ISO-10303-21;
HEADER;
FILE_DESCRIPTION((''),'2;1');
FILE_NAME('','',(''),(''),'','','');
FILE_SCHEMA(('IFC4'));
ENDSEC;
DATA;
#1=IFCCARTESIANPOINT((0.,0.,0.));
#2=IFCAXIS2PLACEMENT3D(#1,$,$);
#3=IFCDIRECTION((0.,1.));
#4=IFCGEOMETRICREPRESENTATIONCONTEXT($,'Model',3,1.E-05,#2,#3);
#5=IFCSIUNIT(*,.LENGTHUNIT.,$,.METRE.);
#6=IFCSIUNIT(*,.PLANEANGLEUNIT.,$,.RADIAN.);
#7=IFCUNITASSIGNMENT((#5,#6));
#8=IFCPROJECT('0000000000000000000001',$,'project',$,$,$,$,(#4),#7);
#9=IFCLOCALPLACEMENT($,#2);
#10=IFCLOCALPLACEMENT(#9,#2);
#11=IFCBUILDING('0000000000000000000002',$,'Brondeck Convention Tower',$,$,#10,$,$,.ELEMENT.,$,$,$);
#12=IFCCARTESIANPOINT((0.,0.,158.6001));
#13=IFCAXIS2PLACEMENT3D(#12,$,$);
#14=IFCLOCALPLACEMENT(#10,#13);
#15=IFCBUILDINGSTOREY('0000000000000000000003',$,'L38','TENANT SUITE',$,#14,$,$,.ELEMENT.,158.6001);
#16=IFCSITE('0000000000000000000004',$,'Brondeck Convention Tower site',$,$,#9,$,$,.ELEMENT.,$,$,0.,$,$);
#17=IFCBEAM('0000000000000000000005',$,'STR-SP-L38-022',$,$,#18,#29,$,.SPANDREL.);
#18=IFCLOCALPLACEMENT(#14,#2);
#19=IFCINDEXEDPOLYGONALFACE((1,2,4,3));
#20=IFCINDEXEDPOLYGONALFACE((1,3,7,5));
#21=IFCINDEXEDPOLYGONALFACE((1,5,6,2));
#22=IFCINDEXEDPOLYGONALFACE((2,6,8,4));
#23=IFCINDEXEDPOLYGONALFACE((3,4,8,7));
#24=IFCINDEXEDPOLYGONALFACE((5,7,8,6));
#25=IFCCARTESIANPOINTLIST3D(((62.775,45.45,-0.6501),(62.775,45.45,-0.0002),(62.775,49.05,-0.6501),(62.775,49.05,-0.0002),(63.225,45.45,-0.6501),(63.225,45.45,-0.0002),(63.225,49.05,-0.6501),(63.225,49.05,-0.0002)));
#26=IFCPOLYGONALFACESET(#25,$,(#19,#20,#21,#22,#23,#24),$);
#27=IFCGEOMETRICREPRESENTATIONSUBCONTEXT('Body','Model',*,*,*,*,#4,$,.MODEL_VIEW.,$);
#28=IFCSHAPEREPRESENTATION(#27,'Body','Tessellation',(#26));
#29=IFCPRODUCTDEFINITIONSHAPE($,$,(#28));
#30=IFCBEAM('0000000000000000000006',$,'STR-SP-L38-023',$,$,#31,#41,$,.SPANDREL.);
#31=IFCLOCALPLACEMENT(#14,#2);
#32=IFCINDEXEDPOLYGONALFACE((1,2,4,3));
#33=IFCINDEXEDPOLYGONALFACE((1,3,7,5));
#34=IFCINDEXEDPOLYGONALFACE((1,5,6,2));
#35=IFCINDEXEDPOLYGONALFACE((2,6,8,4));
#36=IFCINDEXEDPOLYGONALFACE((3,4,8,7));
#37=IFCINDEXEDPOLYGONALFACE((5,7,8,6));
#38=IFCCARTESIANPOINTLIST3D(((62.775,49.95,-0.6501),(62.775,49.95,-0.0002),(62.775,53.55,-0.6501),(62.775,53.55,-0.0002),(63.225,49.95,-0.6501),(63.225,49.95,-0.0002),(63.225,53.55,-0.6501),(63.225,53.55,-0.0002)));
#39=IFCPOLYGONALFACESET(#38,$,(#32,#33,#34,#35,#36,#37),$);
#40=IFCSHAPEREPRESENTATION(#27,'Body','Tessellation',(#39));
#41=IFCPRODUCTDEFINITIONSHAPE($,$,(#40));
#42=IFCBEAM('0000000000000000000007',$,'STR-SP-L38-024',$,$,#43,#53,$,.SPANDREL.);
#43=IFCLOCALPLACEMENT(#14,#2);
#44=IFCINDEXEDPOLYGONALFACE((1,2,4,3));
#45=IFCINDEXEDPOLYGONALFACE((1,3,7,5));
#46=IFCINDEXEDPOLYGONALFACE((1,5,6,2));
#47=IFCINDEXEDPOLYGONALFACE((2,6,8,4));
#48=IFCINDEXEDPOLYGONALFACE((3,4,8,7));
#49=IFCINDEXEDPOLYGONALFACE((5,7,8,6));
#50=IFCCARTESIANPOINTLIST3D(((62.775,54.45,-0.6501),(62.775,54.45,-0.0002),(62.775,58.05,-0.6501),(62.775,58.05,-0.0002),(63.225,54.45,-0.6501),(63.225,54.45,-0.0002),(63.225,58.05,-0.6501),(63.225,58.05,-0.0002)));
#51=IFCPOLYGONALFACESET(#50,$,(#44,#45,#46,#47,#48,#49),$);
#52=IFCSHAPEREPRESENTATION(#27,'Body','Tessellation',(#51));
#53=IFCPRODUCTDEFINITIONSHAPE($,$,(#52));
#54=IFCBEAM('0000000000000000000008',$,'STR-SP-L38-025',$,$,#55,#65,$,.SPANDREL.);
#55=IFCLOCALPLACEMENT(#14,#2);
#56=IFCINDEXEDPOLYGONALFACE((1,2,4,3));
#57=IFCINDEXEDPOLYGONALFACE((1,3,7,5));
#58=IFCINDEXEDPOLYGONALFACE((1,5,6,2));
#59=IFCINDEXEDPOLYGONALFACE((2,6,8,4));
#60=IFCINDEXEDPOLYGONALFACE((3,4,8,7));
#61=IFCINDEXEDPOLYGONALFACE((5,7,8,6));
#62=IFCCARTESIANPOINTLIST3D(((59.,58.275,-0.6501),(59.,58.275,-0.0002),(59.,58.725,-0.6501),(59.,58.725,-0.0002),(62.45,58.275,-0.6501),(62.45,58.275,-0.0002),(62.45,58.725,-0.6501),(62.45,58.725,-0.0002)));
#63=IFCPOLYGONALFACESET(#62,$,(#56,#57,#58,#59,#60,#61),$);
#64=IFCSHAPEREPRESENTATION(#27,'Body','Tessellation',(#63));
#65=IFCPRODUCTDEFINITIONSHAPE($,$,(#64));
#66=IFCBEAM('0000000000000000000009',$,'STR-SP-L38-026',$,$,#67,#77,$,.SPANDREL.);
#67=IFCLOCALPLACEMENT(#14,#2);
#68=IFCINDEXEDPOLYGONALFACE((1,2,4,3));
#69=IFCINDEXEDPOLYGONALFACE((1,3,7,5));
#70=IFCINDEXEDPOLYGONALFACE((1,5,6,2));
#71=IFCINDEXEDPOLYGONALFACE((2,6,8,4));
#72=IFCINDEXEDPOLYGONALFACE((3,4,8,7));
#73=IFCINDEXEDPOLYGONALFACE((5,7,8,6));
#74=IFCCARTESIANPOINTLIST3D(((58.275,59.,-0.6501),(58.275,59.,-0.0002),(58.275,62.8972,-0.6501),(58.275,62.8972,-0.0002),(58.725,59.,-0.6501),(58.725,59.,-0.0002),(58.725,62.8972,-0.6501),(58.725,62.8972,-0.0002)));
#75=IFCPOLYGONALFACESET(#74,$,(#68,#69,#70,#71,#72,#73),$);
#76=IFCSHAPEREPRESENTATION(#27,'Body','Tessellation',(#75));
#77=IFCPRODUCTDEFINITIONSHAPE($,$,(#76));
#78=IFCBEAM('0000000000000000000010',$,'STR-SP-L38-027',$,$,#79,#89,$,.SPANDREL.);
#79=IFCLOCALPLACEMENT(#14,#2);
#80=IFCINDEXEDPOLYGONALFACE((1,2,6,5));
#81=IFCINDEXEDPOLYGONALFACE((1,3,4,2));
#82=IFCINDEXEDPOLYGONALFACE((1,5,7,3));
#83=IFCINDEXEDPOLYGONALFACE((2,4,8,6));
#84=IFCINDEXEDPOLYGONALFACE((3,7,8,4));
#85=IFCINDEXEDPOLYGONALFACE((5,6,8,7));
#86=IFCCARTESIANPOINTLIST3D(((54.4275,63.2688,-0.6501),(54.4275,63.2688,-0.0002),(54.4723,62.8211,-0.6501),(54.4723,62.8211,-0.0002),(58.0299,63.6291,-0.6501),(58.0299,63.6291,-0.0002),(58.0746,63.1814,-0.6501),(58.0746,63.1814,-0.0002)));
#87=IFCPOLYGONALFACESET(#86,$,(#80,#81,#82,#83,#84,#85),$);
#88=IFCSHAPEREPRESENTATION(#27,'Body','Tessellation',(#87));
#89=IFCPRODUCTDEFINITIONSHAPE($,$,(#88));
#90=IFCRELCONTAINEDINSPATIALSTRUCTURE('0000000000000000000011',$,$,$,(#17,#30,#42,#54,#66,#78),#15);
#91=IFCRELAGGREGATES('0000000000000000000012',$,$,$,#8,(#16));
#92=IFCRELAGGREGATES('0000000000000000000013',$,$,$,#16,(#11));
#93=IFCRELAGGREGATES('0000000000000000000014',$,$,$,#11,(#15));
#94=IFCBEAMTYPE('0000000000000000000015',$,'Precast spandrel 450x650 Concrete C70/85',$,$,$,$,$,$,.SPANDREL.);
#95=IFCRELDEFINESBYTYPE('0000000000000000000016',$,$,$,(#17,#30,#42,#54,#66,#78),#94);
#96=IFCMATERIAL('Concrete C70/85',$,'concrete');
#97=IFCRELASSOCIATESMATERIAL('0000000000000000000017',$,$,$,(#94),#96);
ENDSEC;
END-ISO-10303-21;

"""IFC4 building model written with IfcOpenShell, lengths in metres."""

from ifc_helpers import new_model, si_unit, direction, frame, origin, origin_2d, place, context, subcontext, project, spatial, rectangle, extrude, material, material_profile, profile_set, type_object, element, save


model = new_model("IFC4")

# Units and contexts
model_context = context("Model", 3, precision=1e-05, world=origin(), true_north=direction((0.0, 1.0)))
body_context = subcontext(model_context, "Body", "Model", "MODEL_VIEW")
ifc_project = project(units=[si_unit("LENGTHUNIT", "METRE"), si_unit("PLANEANGLEUNIT", "RADIAN")], contexts=[model_context])

# Site, building, storey
site_placement = place(None, origin())
site = spatial("IfcSite", under=ifc_project, at=site_placement, Name="Brondeck Convention Tower site", CompositionType="ELEMENT", RefElevation=0.0)
building_placement = place(site_placement, origin())
building = spatial("IfcBuilding", under=site, at=building_placement, Name="Brondeck Convention Tower", CompositionType="ELEMENT")
storey_placement = place(building_placement, frame((0.0, 0.0, 158.6001)))
storey = spatial("IfcBuildingStorey", under=building, at=storey_placement, Name="L38", Description="TENANT SUITE", CompositionType="ELEMENT", Elevation=158.6001)

# Shared definitions
ifc_material_1 = material(Name="Concrete C70/85", Category="concrete")

# Beams
ifc_material_profile_1 = material_profile(ifc_material_1, rectangle(XDim=0.45, YDim=0.6499, at=origin_2d()), Name="Precast spandrel 450x650 Concrete C70/85")
ifc_profile_set_1 = profile_set([ifc_material_profile_1], Name="Concrete C70/85")
beam_type_1 = type_object("IfcBeamType", Name="Precast spandrel 450x650 Concrete C70/85", PredefinedType="SPANDREL", material=ifc_profile_set_1)
for number, where, z_axis, x_axis, name in (
    (1, (63.0, 45.45, -0.3252), (0.0, 1.0, 0.0), (-1.0, 0.0, 0.0), "STR-SP-L38-022"),
    (2, (63.0, 49.95, -0.3252), (0.0, 1.0, 0.0), (-1.0, 0.0, 0.0), "STR-SP-L38-023"),
    (3, (63.0, 54.45, -0.3252), (0.0, 1.0, 0.0), (-1.0, 0.0, 0.0), "STR-SP-L38-024"),
):
    element("IfcBeam", number, at=place(storey_placement, frame(where, z_axis=z_axis, x_axis=x_axis)), inside=storey, type_object=beam_type_1, Name=name, PredefinedType="SPANDREL", context=body_context, shape_type="SweptSolid", body=[
        extrude(rectangle(XDim=0.45, YDim=0.6499, at=origin_2d()), origin(), (0.0, 0.0, 1.0), 3.6001),
    ])
beam_1_placement = place(storey_placement, frame((62.45, 58.5, -0.3252), z_axis=(-1.0, 0.0, 0.0), x_axis=(0.0, -1.0, 0.0)))
element("IfcBeam", 4, at=beam_1_placement, inside=storey, type_object=beam_type_1, Name="STR-SP-L38-025", PredefinedType="SPANDREL", context=body_context, shape_type="SweptSolid", body=[
    extrude(rectangle(XDim=0.45, YDim=0.6499, at=origin_2d()), origin(), (0.0, 0.0, 1.0), 3.45),
])
beam_2_placement = place(storey_placement, frame((58.5, 59.0, -0.3252), z_axis=(0.0, 1.0, 0.0), x_axis=(-1.0, 0.0, 0.0)))
element("IfcBeam", 5, at=beam_2_placement, inside=storey, type_object=beam_type_1, Name="STR-SP-L38-026", PredefinedType="SPANDREL", context=body_context, shape_type="SweptSolid", body=[
    extrude(rectangle(XDim=0.45, YDim=0.6499, at=origin_2d()), origin(), (0.0, 0.0, 1.0), 3.8972),
])
beam_3_placement = place(storey_placement, frame((58.0522, 63.4053, -0.3252), z_axis=(-0.995034, -0.099537, 0.0), x_axis=(0.099537, -0.995034, 0.0)))
element("IfcBeam", 6, at=beam_3_placement, inside=storey, type_object=beam_type_1, Name="STR-SP-L38-027", PredefinedType="SPANDREL", context=body_context, shape_type="SweptSolid", body=[
    extrude(rectangle(XDim=0.45, YDim=0.6499, at=origin_2d()), origin(), (0.0, 0.0, 1.0), 3.6204),
])

save(model, "model.ifc")
